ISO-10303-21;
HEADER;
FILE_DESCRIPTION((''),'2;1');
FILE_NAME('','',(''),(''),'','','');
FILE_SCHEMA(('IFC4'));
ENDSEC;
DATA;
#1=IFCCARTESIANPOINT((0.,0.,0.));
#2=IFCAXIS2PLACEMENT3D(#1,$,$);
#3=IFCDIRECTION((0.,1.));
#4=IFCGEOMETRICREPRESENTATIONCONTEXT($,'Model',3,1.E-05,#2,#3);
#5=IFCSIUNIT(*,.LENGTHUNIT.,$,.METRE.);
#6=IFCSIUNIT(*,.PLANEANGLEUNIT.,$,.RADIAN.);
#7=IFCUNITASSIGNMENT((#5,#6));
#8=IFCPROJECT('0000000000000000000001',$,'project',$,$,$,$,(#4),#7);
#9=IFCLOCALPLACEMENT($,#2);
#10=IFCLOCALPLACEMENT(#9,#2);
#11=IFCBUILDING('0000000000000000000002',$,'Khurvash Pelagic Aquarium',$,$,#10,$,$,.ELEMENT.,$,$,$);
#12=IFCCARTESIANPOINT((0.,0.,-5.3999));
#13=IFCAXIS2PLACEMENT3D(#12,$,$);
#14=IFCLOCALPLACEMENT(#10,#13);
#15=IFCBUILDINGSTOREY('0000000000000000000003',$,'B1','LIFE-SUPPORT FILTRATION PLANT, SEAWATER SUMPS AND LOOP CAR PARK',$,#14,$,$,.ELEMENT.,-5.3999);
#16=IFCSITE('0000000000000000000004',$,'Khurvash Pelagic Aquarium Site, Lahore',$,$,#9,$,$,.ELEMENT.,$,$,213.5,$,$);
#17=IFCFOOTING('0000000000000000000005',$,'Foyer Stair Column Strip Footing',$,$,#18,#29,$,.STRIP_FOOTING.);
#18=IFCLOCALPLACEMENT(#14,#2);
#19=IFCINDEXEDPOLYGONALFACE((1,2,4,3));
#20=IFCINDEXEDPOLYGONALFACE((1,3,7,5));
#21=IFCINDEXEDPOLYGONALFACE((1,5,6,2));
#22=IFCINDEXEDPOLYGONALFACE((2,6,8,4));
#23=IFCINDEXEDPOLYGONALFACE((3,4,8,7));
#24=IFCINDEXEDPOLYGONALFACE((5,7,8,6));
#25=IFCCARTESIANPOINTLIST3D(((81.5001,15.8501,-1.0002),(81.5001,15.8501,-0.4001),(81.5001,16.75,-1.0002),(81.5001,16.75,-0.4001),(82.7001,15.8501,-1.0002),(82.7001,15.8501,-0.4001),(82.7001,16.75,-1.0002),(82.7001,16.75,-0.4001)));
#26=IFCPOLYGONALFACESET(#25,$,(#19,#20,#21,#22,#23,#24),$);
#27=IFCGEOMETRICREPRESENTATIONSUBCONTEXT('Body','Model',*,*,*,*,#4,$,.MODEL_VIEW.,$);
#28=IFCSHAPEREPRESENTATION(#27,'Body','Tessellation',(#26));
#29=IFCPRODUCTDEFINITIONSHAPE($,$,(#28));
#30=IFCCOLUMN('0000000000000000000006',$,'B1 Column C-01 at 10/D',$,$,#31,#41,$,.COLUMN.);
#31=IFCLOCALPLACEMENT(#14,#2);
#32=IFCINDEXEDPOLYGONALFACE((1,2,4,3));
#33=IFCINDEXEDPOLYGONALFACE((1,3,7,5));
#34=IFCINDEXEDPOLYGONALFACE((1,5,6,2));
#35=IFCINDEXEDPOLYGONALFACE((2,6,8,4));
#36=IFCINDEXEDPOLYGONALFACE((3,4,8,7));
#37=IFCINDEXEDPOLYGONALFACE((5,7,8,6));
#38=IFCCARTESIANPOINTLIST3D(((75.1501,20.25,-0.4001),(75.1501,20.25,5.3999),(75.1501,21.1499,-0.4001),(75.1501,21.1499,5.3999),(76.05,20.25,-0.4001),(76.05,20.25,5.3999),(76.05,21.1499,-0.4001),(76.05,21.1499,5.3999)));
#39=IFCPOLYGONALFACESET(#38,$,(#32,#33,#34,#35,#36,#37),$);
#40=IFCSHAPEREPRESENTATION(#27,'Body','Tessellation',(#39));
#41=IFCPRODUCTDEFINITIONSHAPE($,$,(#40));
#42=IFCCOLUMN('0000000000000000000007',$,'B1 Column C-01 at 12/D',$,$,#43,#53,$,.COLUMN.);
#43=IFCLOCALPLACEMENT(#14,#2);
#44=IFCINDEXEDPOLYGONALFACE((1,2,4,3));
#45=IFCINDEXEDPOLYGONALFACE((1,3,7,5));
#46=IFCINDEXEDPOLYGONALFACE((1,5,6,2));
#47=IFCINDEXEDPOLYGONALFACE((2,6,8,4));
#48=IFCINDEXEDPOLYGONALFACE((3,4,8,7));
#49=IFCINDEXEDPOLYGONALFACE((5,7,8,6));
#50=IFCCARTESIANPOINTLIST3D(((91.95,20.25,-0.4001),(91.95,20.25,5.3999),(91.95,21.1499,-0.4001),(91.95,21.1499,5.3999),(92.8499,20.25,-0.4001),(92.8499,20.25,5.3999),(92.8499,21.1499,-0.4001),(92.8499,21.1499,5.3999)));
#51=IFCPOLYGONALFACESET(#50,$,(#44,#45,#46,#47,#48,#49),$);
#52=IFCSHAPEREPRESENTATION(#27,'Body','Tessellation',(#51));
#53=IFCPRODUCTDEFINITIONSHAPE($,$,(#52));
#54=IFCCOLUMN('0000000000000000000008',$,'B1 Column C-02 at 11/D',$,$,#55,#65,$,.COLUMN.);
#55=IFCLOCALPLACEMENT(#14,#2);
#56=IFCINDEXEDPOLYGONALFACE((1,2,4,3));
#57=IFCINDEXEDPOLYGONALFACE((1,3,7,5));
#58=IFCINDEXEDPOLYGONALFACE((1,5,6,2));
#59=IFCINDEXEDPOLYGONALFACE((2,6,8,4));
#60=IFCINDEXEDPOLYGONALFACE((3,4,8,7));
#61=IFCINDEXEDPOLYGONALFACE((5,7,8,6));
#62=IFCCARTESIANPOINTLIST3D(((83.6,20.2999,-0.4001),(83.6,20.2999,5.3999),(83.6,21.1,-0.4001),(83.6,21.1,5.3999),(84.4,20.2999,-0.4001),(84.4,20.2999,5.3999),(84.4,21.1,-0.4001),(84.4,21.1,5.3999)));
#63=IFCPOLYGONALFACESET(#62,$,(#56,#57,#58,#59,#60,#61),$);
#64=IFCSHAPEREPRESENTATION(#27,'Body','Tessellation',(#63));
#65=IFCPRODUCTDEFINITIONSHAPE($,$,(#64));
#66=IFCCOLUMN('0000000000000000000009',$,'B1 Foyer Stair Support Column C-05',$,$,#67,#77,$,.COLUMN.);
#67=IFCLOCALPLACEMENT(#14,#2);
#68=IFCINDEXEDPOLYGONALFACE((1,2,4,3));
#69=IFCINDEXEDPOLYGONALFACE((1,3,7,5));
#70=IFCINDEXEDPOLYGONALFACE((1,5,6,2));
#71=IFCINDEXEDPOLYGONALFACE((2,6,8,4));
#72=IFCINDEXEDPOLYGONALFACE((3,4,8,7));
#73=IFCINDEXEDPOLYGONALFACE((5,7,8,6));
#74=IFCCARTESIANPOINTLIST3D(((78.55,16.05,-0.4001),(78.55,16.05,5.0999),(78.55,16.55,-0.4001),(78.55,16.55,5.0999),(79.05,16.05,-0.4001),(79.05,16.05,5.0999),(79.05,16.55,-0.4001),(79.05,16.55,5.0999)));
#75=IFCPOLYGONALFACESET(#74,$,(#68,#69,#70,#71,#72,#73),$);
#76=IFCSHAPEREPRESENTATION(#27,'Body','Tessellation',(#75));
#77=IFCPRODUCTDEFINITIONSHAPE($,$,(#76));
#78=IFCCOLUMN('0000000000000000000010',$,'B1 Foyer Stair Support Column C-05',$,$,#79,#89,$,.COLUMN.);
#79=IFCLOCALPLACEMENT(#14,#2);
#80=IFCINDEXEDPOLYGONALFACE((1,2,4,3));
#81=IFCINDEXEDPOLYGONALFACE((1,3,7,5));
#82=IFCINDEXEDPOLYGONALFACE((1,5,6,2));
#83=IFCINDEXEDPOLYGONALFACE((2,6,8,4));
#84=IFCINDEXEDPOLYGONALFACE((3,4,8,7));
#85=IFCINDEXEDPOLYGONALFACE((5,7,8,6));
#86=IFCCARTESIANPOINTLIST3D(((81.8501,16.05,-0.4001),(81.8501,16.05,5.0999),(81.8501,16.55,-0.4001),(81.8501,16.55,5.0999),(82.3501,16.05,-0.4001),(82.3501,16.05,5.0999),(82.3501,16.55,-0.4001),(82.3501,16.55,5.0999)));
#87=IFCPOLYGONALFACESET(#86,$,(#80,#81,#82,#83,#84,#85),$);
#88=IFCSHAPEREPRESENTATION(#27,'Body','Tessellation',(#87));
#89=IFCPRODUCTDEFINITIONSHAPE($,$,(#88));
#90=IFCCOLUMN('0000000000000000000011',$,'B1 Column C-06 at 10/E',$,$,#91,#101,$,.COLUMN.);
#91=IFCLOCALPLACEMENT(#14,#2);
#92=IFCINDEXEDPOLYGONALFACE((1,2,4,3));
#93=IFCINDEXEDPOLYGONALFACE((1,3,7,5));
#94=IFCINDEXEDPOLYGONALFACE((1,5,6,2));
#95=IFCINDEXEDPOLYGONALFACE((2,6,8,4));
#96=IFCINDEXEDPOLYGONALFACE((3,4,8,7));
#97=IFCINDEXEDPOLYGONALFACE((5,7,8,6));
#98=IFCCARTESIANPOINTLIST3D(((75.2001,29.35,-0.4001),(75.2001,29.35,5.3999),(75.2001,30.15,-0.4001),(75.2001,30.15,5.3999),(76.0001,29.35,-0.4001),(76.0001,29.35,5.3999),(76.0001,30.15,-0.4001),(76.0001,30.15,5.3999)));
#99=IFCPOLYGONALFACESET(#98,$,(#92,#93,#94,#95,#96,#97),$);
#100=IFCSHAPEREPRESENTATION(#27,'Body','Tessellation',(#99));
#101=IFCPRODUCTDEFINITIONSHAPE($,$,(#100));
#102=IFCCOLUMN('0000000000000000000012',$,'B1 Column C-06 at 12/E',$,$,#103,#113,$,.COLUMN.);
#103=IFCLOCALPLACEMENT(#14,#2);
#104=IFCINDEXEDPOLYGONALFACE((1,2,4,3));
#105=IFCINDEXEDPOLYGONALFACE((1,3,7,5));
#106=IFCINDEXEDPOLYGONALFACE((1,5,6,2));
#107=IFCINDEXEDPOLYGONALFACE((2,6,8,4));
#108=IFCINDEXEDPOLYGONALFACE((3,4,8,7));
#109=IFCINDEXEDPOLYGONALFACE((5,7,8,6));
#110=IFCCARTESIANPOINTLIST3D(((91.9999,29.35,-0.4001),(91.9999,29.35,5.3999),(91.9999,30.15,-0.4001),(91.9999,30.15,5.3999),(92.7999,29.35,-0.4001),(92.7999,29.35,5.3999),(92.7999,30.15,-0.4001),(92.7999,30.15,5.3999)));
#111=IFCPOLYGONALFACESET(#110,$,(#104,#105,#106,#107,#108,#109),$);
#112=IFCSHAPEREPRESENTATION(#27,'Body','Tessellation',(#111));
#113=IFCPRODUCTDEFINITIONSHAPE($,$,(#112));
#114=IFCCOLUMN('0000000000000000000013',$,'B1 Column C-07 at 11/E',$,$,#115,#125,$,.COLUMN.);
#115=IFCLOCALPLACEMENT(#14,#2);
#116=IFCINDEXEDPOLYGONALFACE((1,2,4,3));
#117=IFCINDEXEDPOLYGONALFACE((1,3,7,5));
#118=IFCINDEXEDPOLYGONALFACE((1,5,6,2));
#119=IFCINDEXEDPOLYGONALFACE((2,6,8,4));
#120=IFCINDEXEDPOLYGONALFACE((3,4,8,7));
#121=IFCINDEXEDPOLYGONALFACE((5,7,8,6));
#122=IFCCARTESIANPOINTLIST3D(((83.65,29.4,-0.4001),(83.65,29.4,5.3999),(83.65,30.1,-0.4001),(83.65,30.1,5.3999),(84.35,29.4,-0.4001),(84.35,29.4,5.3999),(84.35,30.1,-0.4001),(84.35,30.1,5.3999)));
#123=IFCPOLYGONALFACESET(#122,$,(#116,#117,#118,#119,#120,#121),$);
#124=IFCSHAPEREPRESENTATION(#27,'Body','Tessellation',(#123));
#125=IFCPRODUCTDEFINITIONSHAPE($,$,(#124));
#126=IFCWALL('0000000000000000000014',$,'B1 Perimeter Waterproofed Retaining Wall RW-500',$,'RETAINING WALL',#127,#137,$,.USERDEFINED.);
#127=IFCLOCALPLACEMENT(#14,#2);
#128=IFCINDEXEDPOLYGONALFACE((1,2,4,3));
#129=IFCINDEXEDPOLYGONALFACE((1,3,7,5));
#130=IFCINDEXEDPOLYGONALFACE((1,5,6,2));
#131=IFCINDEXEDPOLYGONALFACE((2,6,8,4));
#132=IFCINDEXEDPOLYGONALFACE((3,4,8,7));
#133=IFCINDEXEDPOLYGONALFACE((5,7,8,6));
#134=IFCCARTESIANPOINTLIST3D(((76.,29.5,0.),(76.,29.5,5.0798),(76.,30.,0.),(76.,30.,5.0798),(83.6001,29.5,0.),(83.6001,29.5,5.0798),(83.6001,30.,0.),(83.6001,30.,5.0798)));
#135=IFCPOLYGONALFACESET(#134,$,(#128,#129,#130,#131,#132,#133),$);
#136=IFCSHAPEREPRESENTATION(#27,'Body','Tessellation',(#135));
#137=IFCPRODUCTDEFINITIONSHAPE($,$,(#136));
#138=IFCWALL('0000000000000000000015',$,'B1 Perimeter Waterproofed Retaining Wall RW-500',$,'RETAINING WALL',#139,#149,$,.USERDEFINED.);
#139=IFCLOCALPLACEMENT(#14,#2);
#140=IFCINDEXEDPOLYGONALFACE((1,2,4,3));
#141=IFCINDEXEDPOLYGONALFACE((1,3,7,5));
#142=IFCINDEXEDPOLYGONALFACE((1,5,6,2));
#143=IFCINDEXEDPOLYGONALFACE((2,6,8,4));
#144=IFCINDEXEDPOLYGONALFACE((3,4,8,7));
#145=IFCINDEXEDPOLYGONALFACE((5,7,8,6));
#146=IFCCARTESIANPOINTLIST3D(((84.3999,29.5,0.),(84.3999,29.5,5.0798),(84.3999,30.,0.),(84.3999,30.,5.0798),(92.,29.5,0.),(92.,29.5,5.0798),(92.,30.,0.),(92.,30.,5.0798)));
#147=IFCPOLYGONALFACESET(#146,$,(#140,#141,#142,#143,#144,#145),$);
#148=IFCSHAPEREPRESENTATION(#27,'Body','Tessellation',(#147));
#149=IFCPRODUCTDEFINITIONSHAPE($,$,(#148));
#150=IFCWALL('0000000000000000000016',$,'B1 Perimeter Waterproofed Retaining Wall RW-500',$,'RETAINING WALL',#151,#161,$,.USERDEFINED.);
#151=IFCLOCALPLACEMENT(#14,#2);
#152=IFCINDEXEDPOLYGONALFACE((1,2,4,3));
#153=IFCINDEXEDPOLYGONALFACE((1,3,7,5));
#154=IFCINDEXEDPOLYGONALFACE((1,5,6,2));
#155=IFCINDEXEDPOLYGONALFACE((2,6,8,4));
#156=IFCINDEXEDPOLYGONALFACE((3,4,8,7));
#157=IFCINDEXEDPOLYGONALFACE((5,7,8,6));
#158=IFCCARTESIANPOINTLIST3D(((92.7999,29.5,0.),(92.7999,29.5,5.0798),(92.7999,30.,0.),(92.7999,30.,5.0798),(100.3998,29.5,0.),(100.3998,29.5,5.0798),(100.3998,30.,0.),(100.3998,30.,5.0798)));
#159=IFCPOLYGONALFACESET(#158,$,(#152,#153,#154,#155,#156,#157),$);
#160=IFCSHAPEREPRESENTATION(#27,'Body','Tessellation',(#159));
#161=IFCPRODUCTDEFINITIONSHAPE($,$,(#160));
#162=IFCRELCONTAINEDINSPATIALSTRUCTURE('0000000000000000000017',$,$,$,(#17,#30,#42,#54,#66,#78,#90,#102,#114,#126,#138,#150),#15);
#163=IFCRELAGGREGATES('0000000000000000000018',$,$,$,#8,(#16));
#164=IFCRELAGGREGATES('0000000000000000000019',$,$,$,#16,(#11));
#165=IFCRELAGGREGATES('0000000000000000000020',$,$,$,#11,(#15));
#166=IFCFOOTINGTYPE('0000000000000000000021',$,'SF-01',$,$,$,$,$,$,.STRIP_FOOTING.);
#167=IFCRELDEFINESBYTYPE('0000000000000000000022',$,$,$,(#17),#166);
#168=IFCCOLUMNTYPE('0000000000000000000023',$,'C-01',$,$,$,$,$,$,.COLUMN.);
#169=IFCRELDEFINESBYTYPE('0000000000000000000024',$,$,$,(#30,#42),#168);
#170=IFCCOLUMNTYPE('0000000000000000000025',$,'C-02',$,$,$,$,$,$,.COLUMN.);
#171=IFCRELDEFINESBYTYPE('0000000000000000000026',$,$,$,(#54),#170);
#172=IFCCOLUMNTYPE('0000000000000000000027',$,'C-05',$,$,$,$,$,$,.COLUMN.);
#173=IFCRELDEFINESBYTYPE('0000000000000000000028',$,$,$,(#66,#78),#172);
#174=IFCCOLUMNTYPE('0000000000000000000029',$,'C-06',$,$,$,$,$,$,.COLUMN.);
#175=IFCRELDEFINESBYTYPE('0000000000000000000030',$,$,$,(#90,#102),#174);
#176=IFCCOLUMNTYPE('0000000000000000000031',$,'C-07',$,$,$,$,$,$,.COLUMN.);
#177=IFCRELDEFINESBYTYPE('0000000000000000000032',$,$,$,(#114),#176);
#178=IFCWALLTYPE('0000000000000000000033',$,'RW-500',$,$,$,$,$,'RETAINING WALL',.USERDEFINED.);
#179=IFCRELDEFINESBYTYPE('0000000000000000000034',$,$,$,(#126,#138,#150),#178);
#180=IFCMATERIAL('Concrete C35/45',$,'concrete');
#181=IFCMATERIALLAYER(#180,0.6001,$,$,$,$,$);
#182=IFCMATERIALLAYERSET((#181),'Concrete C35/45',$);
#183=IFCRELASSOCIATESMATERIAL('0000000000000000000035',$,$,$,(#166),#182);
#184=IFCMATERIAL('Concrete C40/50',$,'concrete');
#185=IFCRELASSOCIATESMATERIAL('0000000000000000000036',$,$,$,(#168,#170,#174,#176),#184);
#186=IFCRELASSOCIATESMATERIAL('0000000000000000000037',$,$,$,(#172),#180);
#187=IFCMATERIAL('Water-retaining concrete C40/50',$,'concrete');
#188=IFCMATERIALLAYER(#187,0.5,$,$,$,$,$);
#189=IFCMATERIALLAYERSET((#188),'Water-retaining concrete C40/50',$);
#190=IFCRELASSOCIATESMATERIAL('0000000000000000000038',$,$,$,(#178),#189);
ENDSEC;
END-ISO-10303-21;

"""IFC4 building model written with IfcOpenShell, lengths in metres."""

from ifc_helpers import new_model, si_unit, direction, frame, frame_2d, origin, origin_2d, place, context, subcontext, project, spatial, rectangle, extrude, material, layer, layer_set, material_profile, profile_set, type_object, element, save


model = new_model("IFC4")

# Units and contexts
model_context = context("Model", 3, precision=1e-05, world=origin(), true_north=direction((0.0, 1.0)))
body_context = subcontext(model_context, "Body", "Model", "MODEL_VIEW")
ifc_project = project(units=[si_unit("LENGTHUNIT", "METRE"), si_unit("PLANEANGLEUNIT", "RADIAN")], contexts=[model_context])

# Site, building, storey
site_placement = place(None, origin())
site = spatial("IfcSite", under=ifc_project, at=site_placement, Name="Khurvash Pelagic Aquarium Site, Lahore", CompositionType="ELEMENT", RefElevation=213.5)
building_placement = place(site_placement, origin())
building = spatial("IfcBuilding", under=site, at=building_placement, Name="Khurvash Pelagic Aquarium", CompositionType="ELEMENT")
storey_placement = place(building_placement, frame((0.0, 0.0, -5.3999)))
storey = spatial("IfcBuildingStorey", under=building, at=storey_placement, Name="B1", Description="LIFE-SUPPORT FILTRATION PLANT, SEAWATER SUMPS AND LOOP CAR PARK", CompositionType="ELEMENT", Elevation=-5.3999)

# Shared definitions
ifc_material_1 = material(Name="Concrete C35/45", Category="concrete")

# Footing
ifc_layer_1 = layer(ifc_material_1, 0.6001)
ifc_layer_set_1 = layer_set([ifc_layer_1], Name="Concrete C35/45")
footing_type_1 = type_object("IfcFootingType", Name="SF-01", PredefinedType="STRIP_FOOTING", material=ifc_layer_set_1)
for number, where, z_axis, x_axis, name in (
    (1, (82.1001, 16.3, -1.0002), (0.0, 0.0, 1.0), (1.0, 0.0, 0.0), "Foyer Stair Column Strip Footing"),
):
    element("IfcFooting", number, at=place(storey_placement, frame(where, z_axis=z_axis, x_axis=x_axis)), inside=storey, type_object=footing_type_1, Name=name, PredefinedType="STRIP_FOOTING", context=body_context, shape_type="SweptSolid", body=[
        extrude(rectangle(XDim=1.2, YDim=0.8999, at=origin_2d()), origin(), (0.0, 0.0, 1.0), 0.6001),
    ])

# Columns
ifc_material_2 = material(Name="Concrete C40/50", Category="concrete")
ifc_material_profile_1 = material_profile(ifc_material_2, rectangle(XDim=0.8999, YDim=0.8999, at=origin_2d()), Name="RC900X900")
ifc_profile_set_1 = profile_set([ifc_material_profile_1], Name="Concrete C40/50")
column_type_1 = type_object("IfcColumnType", Name="C-01", PredefinedType="COLUMN", material=ifc_profile_set_1)
for number, where, z_axis, x_axis, name in (
    (2, (75.6001, 20.7, -0.4001), (0.0, 0.0, 1.0), (1.0, 0.0, 0.0), "B1 Column C-01 at 10/D"),
    (3, (92.3999, 20.7, -0.4001), (0.0, 0.0, 1.0), (1.0, 0.0, 0.0), "B1 Column C-01 at 12/D"),
):
    element("IfcColumn", number, at=place(storey_placement, frame(where, z_axis=z_axis, x_axis=x_axis)), inside=storey, type_object=column_type_1, Name=name, PredefinedType="COLUMN", context=body_context, shape_type="SweptSolid", body=[
        extrude(rectangle(XDim=0.8999, YDim=0.8999, at=origin_2d()), origin(), (0.0, 0.0, 1.0), 5.8),
    ])
ifc_material_profile_2 = material_profile(ifc_material_2, rectangle(XDim=0.8, YDim=0.8, at=origin_2d()), Name="RC800X800")
ifc_profile_set_2 = profile_set([ifc_material_profile_2], Name="Concrete C40/50")
column_type_2 = type_object("IfcColumnType", Name="C-02", PredefinedType="COLUMN", material=ifc_profile_set_2)
column_1_placement = place(storey_placement, frame((84.0, 20.7, -0.4001), z_axis=(0.0, 0.0, 1.0), x_axis=(1.0, 0.0, 0.0)))
element("IfcColumn", 4, at=column_1_placement, inside=storey, type_object=column_type_2, Name="B1 Column C-02 at 11/D", PredefinedType="COLUMN", context=body_context, shape_type="SweptSolid", body=[
    extrude(rectangle(XDim=0.8, YDim=0.8, at=origin_2d()), origin(), (0.0, 0.0, 1.0), 5.8),
])
ifc_material_profile_3 = material_profile(ifc_material_1, rectangle(XDim=0.5, YDim=0.5, at=origin_2d()), Name="RC500X500")
ifc_profile_set_3 = profile_set([ifc_material_profile_3], Name="Concrete C35/45")
column_type_3 = type_object("IfcColumnType", Name="C-05", PredefinedType="COLUMN", material=ifc_profile_set_3)
for number, where, z_axis, x_axis, name in (
    (5, (78.8, 16.3, -0.4001), (0.0, 0.0, 1.0), (1.0, 0.0, 0.0), "B1 Foyer Stair Support Column C-05"),
    (6, (82.1001, 16.3, -0.4001), (0.0, 0.0, 1.0), (1.0, 0.0, 0.0), "B1 Foyer Stair Support Column C-05"),
):
    element("IfcColumn", number, at=place(storey_placement, frame(where, z_axis=z_axis, x_axis=x_axis)), inside=storey, type_object=column_type_3, Name=name, PredefinedType="COLUMN", context=body_context, shape_type="SweptSolid", body=[
        extrude(rectangle(XDim=0.5, YDim=0.5, at=origin_2d()), origin(), (0.0, 0.0, 1.0), 5.5),
    ])
ifc_material_profile_4 = material_profile(ifc_material_2, rectangle(XDim=0.8, YDim=0.8, at=origin_2d()), Name="RC800X800")
ifc_profile_set_4 = profile_set([ifc_material_profile_4], Name="Concrete C40/50")
column_type_4 = type_object("IfcColumnType", Name="C-06", PredefinedType="COLUMN", material=ifc_profile_set_4)
for number, where, z_axis, x_axis, name in (
    (7, (75.6001, 29.75, -0.4001), (0.0, 0.0, 1.0), (1.0, 0.0, 0.0), "B1 Column C-06 at 10/E"),
    (8, (92.3999, 29.75, -0.4001), (0.0, 0.0, 1.0), (1.0, 0.0, 0.0), "B1 Column C-06 at 12/E"),
):
    element("IfcColumn", number, at=place(storey_placement, frame(where, z_axis=z_axis, x_axis=x_axis)), inside=storey, type_object=column_type_4, Name=name, PredefinedType="COLUMN", context=body_context, shape_type="SweptSolid", body=[
        extrude(rectangle(XDim=0.8, YDim=0.8, at=origin_2d()), origin(), (0.0, 0.0, 1.0), 5.8),
    ])
ifc_material_profile_5 = material_profile(ifc_material_2, rectangle(XDim=0.7, YDim=0.7, at=origin_2d()), Name="RC700X700")
ifc_profile_set_5 = profile_set([ifc_material_profile_5], Name="Concrete C40/50")
column_type_5 = type_object("IfcColumnType", Name="C-07", PredefinedType="COLUMN", material=ifc_profile_set_5)
column_2_placement = place(storey_placement, frame((84.0, 29.75, -0.4001), z_axis=(0.0, 0.0, 1.0), x_axis=(1.0, 0.0, 0.0)))
element("IfcColumn", 9, at=column_2_placement, inside=storey, type_object=column_type_5, Name="B1 Column C-07 at 11/E", PredefinedType="COLUMN", context=body_context, shape_type="SweptSolid", body=[
    extrude(rectangle(XDim=0.7, YDim=0.7, at=origin_2d()), origin(), (0.0, 0.0, 1.0), 5.8),
])

# Walls
ifc_material_3 = material(Name="Water-retaining concrete C40/50", Category="concrete")
ifc_layer_2 = layer(ifc_material_3, 0.5)
ifc_layer_set_2 = layer_set([ifc_layer_2], Name="Water-retaining concrete C40/50")
wall_type_1 = type_object("IfcWallType", Name="RW-500", ElementType="RETAINING WALL", PredefinedType="USERDEFINED", material=ifc_layer_set_2)
for number, where, z_axis, x_axis, name in (
    (10, (76.0, 29.75, 0.0), (0.0, 0.0, 1.0), (1.0, 0.0, 0.0), "B1 Perimeter Waterproofed Retaining Wall RW-500"),
    (11, (84.3999, 29.75, 0.0), (0.0, 0.0, 1.0), (1.0, 0.0, 0.0), "B1 Perimeter Waterproofed Retaining Wall RW-500"),
):
    element("IfcWall", number, at=place(storey_placement, frame(where, z_axis=z_axis, x_axis=x_axis)), inside=storey, type_object=wall_type_1, Name=name, ObjectType="RETAINING WALL", PredefinedType="USERDEFINED", context=body_context, shape_type="SweptSolid", body=[
        extrude(rectangle(XDim=7.6001, YDim=0.5, at=frame_2d((3.8, 0.0))), origin(), (0.0, 0.0, 1.0), 5.0798),
    ])
wall_1_placement = place(storey_placement, frame((92.8, 29.75, 0.0), z_axis=(0.0, 0.0, 1.0), x_axis=(1.0, 0.0, 0.0)))
element("IfcWall", 12, at=wall_1_placement, inside=storey, type_object=wall_type_1, Name="B1 Perimeter Waterproofed Retaining Wall RW-500", ObjectType="RETAINING WALL", PredefinedType="USERDEFINED", context=body_context, shape_type="SweptSolid", body=[
    extrude(rectangle(XDim=7.5999, YDim=0.5, at=frame_2d((3.7998, 0.0))), origin(), (0.0, 0.0, 1.0), 5.0798),
])

save(model, "model.ifc")
